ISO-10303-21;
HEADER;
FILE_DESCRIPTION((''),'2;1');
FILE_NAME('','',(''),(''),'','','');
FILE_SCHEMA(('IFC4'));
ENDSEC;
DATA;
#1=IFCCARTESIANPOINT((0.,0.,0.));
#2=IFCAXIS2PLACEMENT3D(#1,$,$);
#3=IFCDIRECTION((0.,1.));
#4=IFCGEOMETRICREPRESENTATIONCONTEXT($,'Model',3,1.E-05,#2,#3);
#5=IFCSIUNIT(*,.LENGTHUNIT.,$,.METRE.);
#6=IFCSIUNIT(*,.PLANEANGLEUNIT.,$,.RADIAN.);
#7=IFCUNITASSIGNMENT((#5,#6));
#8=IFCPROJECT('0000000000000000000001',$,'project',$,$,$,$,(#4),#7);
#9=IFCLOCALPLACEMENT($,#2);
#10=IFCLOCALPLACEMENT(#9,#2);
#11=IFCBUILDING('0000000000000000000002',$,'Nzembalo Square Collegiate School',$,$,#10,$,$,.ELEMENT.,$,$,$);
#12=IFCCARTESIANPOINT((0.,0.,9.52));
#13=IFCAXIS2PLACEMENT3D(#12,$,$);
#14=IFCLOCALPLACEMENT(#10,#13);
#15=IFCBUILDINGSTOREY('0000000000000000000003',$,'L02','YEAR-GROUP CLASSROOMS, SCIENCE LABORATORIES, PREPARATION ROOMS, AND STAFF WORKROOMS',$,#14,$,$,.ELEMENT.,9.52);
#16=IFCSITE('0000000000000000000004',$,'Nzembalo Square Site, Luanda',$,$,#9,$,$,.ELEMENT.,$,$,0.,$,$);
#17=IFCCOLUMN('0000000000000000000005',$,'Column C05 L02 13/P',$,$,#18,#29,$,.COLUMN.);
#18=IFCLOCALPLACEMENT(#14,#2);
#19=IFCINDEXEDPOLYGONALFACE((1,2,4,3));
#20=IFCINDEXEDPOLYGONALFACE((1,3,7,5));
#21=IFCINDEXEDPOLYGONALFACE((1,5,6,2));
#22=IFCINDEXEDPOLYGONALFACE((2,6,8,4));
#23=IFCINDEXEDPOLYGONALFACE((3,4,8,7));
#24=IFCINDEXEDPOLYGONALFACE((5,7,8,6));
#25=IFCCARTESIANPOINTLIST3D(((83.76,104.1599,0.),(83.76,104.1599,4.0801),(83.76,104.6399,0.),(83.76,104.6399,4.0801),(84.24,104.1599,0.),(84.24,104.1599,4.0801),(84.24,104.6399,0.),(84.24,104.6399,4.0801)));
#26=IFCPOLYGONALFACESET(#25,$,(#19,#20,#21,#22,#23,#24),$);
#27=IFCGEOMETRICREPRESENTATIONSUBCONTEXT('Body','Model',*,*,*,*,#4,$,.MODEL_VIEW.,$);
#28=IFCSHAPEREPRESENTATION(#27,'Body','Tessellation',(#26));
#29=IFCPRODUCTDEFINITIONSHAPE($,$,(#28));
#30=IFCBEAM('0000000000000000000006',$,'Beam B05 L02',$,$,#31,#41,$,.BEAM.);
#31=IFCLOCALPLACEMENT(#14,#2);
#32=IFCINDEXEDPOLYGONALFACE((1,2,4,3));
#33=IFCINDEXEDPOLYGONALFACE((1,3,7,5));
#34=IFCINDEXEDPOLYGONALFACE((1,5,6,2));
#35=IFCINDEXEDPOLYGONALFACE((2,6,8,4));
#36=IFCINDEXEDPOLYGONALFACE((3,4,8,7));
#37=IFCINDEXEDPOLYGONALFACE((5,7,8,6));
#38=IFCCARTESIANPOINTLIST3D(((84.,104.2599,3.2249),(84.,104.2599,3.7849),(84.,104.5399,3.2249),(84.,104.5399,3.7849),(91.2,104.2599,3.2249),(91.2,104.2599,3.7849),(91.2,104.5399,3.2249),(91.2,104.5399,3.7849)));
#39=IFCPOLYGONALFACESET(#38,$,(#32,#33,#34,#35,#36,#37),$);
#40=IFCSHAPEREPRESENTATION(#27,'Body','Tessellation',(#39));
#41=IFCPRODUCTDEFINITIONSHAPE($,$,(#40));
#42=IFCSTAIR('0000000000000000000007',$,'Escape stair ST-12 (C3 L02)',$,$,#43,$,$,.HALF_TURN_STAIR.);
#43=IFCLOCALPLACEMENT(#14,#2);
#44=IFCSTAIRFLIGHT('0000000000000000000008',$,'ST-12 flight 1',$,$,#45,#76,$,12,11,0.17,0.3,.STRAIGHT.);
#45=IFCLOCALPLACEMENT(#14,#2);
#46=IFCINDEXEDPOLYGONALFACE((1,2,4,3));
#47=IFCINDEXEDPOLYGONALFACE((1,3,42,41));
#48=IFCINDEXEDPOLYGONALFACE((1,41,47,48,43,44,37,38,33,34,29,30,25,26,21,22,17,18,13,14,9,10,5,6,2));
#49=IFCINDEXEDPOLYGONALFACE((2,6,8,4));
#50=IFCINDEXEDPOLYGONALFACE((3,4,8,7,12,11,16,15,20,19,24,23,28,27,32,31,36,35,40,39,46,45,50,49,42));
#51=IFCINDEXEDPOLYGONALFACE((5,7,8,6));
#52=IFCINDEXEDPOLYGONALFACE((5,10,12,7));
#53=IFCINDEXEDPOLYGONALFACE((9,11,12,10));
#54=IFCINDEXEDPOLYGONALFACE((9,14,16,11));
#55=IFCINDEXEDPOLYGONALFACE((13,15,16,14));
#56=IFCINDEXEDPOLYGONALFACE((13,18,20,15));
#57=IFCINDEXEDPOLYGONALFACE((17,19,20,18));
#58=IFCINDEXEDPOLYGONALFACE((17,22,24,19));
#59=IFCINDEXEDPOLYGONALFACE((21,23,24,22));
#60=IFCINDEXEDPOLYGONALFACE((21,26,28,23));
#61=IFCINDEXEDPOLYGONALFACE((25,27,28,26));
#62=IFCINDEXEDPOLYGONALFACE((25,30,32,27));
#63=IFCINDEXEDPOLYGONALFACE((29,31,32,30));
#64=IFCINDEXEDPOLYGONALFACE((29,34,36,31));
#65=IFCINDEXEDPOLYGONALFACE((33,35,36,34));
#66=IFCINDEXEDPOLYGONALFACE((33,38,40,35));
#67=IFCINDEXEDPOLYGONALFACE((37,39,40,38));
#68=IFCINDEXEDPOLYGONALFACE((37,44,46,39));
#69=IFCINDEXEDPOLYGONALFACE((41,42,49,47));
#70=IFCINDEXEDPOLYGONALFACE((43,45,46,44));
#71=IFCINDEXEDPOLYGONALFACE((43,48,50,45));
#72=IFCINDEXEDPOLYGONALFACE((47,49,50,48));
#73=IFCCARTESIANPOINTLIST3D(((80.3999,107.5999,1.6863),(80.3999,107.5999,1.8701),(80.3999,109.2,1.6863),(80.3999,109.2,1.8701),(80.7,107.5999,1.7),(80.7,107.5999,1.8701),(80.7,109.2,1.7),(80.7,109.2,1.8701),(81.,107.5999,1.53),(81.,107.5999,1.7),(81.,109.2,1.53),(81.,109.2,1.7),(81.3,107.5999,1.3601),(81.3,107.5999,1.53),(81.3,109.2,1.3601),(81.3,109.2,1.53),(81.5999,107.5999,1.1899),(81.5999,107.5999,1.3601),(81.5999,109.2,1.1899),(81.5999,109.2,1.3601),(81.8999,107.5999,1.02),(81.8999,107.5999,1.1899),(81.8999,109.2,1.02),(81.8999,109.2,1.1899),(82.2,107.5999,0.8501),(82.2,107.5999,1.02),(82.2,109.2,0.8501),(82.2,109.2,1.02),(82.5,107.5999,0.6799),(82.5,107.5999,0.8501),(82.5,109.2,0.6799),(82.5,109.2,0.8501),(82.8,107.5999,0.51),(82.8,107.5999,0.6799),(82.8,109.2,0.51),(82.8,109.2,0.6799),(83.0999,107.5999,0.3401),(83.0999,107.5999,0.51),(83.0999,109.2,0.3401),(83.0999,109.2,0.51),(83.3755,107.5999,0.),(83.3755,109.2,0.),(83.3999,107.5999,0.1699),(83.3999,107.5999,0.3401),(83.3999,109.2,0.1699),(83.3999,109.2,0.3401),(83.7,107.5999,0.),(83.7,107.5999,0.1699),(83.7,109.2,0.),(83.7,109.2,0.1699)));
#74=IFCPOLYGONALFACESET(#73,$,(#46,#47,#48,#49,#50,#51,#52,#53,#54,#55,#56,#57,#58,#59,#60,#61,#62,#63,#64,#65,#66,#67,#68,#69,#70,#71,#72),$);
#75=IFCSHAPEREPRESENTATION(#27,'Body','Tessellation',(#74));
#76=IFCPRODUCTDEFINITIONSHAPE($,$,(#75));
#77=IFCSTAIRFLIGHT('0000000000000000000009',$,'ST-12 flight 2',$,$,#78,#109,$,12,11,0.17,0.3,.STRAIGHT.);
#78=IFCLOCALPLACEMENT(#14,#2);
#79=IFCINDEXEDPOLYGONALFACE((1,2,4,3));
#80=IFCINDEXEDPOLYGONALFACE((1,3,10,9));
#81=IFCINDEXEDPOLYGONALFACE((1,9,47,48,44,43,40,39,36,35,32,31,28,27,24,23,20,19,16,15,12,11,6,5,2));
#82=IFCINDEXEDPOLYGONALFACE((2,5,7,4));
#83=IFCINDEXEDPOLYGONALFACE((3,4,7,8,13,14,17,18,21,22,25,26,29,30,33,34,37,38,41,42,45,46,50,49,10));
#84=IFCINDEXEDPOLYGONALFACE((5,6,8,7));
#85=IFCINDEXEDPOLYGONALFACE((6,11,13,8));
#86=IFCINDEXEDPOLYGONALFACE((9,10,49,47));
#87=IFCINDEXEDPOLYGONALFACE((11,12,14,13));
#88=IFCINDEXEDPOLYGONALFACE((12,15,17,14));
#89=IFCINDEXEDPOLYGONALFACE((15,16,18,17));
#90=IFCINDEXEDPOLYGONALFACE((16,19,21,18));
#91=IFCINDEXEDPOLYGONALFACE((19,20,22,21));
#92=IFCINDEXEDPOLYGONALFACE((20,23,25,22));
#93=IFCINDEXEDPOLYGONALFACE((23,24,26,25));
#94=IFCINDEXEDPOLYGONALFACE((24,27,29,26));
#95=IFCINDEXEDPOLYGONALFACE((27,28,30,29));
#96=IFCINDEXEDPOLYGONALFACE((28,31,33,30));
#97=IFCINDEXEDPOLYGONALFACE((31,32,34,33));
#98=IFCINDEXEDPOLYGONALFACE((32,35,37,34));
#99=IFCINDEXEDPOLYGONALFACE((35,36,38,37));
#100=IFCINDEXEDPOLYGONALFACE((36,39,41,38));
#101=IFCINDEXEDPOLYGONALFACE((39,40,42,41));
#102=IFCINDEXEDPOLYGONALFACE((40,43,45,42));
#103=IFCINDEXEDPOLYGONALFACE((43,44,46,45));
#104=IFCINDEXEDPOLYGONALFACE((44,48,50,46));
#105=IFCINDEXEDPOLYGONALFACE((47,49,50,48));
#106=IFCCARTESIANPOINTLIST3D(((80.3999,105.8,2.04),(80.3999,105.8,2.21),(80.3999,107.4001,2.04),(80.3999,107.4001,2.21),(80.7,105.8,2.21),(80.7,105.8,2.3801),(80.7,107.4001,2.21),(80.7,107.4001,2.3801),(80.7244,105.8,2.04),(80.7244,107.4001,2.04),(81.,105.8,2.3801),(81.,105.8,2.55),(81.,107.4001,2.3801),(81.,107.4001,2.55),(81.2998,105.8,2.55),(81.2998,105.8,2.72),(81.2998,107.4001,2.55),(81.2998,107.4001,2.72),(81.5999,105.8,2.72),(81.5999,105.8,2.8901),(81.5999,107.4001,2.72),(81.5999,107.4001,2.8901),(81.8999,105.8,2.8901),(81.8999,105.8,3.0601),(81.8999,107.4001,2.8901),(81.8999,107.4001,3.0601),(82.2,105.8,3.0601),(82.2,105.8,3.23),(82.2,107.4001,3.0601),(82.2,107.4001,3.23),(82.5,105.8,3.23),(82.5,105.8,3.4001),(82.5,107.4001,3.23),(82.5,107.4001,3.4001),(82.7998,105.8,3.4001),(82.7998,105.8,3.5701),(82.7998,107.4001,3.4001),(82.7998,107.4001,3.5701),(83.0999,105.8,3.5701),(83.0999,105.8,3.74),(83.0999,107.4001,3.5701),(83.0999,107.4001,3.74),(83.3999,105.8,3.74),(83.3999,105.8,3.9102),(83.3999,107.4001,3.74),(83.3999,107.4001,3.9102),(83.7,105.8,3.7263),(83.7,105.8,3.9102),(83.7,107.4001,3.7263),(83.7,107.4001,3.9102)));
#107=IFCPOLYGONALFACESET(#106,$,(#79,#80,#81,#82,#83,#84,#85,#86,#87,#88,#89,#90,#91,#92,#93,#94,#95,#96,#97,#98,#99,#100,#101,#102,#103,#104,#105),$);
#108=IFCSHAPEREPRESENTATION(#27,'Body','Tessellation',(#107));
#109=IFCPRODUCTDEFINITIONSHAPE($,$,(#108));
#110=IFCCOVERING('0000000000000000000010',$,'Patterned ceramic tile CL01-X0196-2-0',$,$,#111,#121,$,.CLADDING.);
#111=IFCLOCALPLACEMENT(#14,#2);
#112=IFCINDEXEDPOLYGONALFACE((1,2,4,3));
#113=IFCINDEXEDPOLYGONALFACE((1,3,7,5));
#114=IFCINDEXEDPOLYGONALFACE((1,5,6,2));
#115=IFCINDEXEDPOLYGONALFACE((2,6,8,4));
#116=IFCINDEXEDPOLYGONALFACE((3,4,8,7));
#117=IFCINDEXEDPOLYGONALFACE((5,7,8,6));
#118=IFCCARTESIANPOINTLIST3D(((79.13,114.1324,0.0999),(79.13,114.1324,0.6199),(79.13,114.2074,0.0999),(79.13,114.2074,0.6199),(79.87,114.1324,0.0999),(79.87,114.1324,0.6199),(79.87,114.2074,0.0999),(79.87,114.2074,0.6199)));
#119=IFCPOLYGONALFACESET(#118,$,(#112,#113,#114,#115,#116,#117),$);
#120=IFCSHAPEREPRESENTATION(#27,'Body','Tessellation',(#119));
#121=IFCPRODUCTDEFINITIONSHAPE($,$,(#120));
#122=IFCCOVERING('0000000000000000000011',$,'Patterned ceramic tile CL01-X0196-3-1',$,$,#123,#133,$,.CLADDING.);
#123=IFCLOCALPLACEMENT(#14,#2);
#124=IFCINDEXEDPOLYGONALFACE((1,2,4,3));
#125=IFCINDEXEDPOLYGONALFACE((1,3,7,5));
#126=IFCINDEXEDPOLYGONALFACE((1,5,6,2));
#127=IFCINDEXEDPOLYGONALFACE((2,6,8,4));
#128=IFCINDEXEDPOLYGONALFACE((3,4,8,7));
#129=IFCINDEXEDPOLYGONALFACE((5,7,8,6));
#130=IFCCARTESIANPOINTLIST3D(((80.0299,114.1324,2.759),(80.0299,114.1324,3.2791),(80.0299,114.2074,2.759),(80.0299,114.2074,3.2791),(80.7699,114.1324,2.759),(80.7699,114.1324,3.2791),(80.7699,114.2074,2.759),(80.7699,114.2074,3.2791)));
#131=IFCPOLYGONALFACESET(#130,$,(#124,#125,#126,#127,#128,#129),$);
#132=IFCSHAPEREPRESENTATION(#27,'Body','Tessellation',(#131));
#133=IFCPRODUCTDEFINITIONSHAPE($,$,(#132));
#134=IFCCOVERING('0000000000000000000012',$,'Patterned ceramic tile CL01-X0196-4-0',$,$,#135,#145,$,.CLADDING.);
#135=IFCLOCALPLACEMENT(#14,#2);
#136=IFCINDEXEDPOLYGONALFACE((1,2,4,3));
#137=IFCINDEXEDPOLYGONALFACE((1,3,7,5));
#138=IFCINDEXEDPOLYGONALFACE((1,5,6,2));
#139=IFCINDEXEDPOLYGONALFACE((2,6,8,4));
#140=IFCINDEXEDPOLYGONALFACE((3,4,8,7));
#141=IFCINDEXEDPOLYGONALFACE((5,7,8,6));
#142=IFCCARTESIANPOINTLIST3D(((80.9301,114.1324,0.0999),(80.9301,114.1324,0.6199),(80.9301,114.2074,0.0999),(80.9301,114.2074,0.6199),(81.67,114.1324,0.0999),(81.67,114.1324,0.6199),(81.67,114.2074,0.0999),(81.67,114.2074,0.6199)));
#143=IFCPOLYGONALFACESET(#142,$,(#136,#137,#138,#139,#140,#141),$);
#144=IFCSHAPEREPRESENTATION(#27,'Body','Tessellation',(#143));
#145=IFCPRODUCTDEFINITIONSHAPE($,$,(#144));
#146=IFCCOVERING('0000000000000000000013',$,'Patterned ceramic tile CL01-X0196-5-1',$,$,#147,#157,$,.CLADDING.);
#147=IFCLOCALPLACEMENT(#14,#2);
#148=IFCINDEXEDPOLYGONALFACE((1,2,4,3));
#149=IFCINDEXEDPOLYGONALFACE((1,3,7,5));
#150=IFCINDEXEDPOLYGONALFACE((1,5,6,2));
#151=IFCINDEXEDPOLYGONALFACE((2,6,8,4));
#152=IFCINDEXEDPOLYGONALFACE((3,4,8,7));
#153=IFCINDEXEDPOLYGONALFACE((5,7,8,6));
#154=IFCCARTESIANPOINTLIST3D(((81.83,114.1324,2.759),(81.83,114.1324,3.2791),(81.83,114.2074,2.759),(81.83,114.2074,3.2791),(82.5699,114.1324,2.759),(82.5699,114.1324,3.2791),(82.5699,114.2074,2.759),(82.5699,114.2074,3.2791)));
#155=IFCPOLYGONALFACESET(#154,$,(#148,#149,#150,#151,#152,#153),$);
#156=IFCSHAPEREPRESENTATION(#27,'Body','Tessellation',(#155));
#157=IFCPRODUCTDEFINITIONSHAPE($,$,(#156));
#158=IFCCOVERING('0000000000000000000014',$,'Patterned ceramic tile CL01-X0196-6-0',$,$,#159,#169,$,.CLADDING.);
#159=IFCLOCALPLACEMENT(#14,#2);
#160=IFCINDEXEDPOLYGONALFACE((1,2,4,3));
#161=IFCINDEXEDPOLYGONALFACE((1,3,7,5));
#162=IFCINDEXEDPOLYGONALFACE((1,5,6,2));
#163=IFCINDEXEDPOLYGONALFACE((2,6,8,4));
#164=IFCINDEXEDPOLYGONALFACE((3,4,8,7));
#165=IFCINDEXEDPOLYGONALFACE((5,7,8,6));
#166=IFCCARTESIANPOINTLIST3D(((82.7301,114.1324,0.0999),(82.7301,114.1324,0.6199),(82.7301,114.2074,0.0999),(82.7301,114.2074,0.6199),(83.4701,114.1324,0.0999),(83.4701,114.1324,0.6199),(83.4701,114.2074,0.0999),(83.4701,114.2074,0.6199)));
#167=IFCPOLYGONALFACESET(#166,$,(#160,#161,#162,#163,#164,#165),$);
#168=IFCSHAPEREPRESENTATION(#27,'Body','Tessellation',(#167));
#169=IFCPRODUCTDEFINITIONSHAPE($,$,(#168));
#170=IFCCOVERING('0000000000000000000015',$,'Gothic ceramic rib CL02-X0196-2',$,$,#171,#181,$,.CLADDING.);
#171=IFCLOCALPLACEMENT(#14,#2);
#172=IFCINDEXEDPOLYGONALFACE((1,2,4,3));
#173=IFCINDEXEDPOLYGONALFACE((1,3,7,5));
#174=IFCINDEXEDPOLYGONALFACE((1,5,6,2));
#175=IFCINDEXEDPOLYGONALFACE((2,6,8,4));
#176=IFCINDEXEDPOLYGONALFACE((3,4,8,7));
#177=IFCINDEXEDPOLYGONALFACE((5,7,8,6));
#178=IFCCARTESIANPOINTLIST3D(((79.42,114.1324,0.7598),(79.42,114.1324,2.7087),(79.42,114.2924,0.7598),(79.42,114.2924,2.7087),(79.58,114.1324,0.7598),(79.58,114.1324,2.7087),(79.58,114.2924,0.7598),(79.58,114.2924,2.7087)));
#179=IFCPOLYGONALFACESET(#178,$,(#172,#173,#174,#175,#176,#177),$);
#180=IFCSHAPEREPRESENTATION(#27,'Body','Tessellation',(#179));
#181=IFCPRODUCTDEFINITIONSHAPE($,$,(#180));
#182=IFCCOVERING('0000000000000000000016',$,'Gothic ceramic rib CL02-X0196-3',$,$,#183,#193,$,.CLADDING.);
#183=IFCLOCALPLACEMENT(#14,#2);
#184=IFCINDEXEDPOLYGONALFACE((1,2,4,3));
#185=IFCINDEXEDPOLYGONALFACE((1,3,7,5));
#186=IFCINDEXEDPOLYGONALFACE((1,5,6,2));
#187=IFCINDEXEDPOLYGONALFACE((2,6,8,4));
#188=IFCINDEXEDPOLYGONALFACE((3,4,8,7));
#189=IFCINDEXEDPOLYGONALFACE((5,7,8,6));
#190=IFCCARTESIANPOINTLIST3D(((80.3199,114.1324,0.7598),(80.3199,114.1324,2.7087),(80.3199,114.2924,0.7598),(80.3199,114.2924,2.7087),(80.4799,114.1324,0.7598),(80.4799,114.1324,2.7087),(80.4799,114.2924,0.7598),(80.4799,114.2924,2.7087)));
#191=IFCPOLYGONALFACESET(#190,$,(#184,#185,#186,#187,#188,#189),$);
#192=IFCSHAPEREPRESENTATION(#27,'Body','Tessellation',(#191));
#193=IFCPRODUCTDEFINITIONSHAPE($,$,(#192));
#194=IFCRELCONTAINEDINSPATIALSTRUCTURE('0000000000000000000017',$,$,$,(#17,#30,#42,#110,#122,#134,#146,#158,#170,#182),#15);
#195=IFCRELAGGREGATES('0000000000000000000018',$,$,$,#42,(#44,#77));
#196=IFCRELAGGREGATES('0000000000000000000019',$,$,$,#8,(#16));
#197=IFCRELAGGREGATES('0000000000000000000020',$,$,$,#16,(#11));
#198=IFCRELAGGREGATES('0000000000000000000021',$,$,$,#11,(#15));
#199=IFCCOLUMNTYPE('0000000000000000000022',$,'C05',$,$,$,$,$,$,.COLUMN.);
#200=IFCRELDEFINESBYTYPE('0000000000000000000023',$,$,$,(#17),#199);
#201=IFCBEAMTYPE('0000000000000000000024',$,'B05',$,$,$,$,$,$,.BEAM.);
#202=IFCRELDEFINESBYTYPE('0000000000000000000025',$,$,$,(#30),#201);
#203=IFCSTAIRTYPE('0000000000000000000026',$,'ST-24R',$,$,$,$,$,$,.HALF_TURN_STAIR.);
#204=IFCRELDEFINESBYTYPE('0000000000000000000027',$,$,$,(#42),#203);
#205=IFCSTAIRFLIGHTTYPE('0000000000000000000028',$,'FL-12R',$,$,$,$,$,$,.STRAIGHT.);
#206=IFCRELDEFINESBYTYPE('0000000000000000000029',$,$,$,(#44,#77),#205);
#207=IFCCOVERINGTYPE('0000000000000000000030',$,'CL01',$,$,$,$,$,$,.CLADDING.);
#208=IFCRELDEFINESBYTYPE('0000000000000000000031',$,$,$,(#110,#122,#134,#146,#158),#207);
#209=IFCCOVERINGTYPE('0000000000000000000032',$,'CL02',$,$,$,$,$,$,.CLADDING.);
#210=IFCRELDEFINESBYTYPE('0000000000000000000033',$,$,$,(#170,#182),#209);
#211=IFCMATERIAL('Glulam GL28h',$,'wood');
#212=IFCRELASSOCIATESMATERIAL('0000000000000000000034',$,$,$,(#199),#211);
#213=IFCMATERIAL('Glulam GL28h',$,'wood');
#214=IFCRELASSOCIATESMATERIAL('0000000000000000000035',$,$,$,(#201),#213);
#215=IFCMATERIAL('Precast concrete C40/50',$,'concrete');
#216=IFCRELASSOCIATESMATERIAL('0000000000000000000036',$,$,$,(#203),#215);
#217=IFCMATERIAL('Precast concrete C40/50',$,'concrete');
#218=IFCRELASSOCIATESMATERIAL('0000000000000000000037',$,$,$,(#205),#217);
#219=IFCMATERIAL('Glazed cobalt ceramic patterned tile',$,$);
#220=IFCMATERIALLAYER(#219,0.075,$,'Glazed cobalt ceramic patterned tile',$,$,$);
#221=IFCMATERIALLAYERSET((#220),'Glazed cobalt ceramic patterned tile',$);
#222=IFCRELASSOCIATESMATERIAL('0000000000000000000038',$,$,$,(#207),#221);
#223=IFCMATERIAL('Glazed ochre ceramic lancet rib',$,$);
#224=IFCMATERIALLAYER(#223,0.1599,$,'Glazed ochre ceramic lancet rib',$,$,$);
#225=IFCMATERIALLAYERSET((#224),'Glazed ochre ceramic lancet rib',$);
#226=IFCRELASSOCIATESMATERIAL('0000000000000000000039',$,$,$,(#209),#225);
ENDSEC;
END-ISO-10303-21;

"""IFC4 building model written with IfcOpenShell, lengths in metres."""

from ifc_helpers import new_model, si_unit, direction, frame, origin, origin_2d, place, context, subcontext, project, spatial, polyline, rectangle, outline, extrude, material, layer, layer_set, material_profile, profile_set, type_object, element, aggregate, save


model = new_model("IFC4")

# Units and contexts
model_context = context("Model", 3, precision=1e-05, world=origin(), true_north=direction((0.0, 1.0)))
body_context = subcontext(model_context, "Body", "Model", "MODEL_VIEW")
ifc_project = project(units=[si_unit("LENGTHUNIT", "METRE"), si_unit("PLANEANGLEUNIT", "RADIAN")], contexts=[model_context])

# Site, building, storey
site_placement = place(None, origin())
site = spatial("IfcSite", under=ifc_project, at=site_placement, Name="Nzembalo Square Site, Luanda", CompositionType="ELEMENT", RefElevation=0.0)
building_placement = place(site_placement, origin())
building = spatial("IfcBuilding", under=site, at=building_placement, Name="Nzembalo Square Collegiate School", CompositionType="ELEMENT")
storey_placement = place(building_placement, frame((0.0, 0.0, 9.52)))
storey = spatial("IfcBuildingStorey", under=building, at=storey_placement, Name="L02", Description="YEAR-GROUP CLASSROOMS, SCIENCE LABORATORIES, PREPARATION ROOMS, AND STAFF WORKROOMS", CompositionType="ELEMENT", Elevation=9.52)

# Column
ifc_material_1 = material(Name="Glulam GL28h", Category="wood")
ifc_material_profile_1 = material_profile(ifc_material_1, rectangle(XDim=0.48, YDim=0.48, at=origin_2d()), Name="GL28h 480x480")
ifc_profile_set_1 = profile_set([ifc_material_profile_1], Name="Glulam GL28h")
column_type = type_object("IfcColumnType", Name="C05", PredefinedType="COLUMN", material=ifc_profile_set_1)
column_placement = place(storey_placement, frame((84.0, 104.3999, 0.0), z_axis=(0.0, 0.0, 1.0), x_axis=(1.0, 0.0, 0.0)))
element("IfcColumn", 1, at=column_placement, inside=storey, type_object=column_type, Name="Column C05 L02 13/P", PredefinedType="COLUMN", context=body_context, shape_type="SweptSolid", body=[
    extrude(rectangle(XDim=0.48, YDim=0.48, at=origin_2d()), origin(), (0.0, 0.0, 1.0), 4.0801),
])

# Beam
ifc_material_2 = material(Name="Glulam GL28h", Category="wood")
ifc_material_profile_2 = material_profile(ifc_material_2, rectangle(XDim=0.28, YDim=0.5601, at=origin_2d()), Name="GL28h 280x560")
ifc_profile_set_2 = profile_set([ifc_material_profile_2], Name="Glulam GL28h")
beam_type = type_object("IfcBeamType", Name="B05", PredefinedType="BEAM", material=ifc_profile_set_2)
beam_placement = place(storey_placement, frame((84.0, 104.3999, 3.5049), z_axis=(1.0, 0.0, 0.0), x_axis=(0.0, 1.0, 0.0)))
element("IfcBeam", 2, at=beam_placement, inside=storey, type_object=beam_type, Name="Beam B05 L02", PredefinedType="BEAM", context=body_context, shape_type="SweptSolid", body=[
    extrude(rectangle(XDim=0.28, YDim=0.5601, at=origin_2d()), origin(), (0.0, 0.0, 1.0), 7.2),
])

# Stair, stair flights
ifc_material_3 = material(Name="Precast concrete C40/50", Category="concrete")
stair_type = type_object("IfcStairType", Name="ST-24R", PredefinedType="HALF_TURN_STAIR", material=ifc_material_3)
stair_placement = place(storey_placement, origin())
stair = element("IfcStair", 3, at=stair_placement, inside=storey, type_object=stair_type, Name="Escape stair ST-12 (C3 L02)", PredefinedType="HALF_TURN_STAIR")
ifc_material_4 = material(Name="Precast concrete C40/50", Category="concrete")
stair_flight_type = type_object("IfcStairFlightType", Name="FL-12R", PredefinedType="STRAIGHT", material=ifc_material_4)
stair_flight_1_placement = place(storey_placement, frame((83.7, 108.3999, 0.0), z_axis=(0.0, 0.0, 1.0), x_axis=(-1.0, 0.0, 0.0)))
stair_flight_1 = element("IfcStairFlight", 4, at=stair_flight_1_placement, type_object=stair_flight_type, Name="ST-12 flight 1", NumberOfRisers=12, NumberOfTreads=11, PredefinedType="STRAIGHT", RiserHeight=0.17, TreadLength=0.3, context=body_context, shape_type="SweptSolid", body=[
    extrude(outline(polyline([(0.0, 0.0), (0.0, 0.1699), (0.3, 0.1699), (0.3, 0.3401), (0.6001, 0.3401), (0.6001, 0.51), (0.8999, 0.51), (0.8999, 0.6799), (1.2, 0.6799), (1.2, 0.8501), (1.5, 0.8501), (1.5, 1.02), (1.8, 1.02), (1.8, 1.1899), (2.1001, 1.1899), (2.1001, 1.3601), (2.3999, 1.3601), (2.3999, 1.53), (2.7, 1.53), (2.7, 1.7), (3.0, 1.7), (3.0, 1.8701), (3.3, 1.8701), (3.3, 2.04), (3.3, 1.6863), (0.3245, 0.0), (0.0, 0.0)])), frame((0.0, 0.8, 0.0), z_axis=(0.0, -1.0, 0.0), x_axis=(1.0, 0.0, 0.0)), (0.0, 0.0, 1.0), 1.6001),
])
stair_flight_2_placement = place(storey_placement, frame((80.3999, 106.6001, 2.04), z_axis=(0.0, 0.0, 1.0), x_axis=(1.0, 0.0, 0.0)))
stair_flight_2 = element("IfcStairFlight", 5, at=stair_flight_2_placement, type_object=stair_flight_type, Name="ST-12 flight 2", NumberOfRisers=12, NumberOfTreads=11, PredefinedType="STRAIGHT", RiserHeight=0.17, TreadLength=0.3, context=body_context, shape_type="SweptSolid", body=[
    extrude(outline(polyline([(0.0, 0.0), (0.0, 0.1699), (0.3, 0.1699), (0.3, 0.3401), (0.6001, 0.3401), (0.6001, 0.51), (0.8999, 0.51), (0.8999, 0.6799), (1.2, 0.6799), (1.2, 0.8501), (1.5, 0.8501), (1.5, 1.02), (1.8, 1.02), (1.8, 1.1899), (2.1001, 1.1899), (2.1001, 1.3601), (2.3999, 1.3601), (2.3999, 1.53), (2.7, 1.53), (2.7, 1.7), (3.0, 1.7), (3.0, 1.8701), (3.3, 1.8701), (3.3, 2.04), (3.3, 1.6863), (0.3245, 0.0), (0.0, 0.0)])), frame((0.0, 0.8, 0.0), z_axis=(0.0, -1.0, 0.0), x_axis=(1.0, 0.0, 0.0)), (0.0, 0.0, 1.0), 1.6001),
])
aggregate(stair, [stair_flight_1, stair_flight_2])

# Coverings
ifc_material_5 = material(Name="Glazed cobalt ceramic patterned tile")
ifc_layer_1 = layer(ifc_material_5, 0.075, Name="Glazed cobalt ceramic patterned tile")
ifc_layer_set_1 = layer_set([ifc_layer_1], Name="Glazed cobalt ceramic patterned tile")
covering_type_1 = type_object("IfcCoveringType", Name="CL01", PredefinedType="CLADDING", material=ifc_layer_set_1)
for number, where, z_axis, x_axis, name in (
    (6, (79.5, 114.1699, 0.0999), (0.0, 0.0, 1.0), (1.0, 0.0, 0.0), "Patterned ceramic tile CL01-X0196-2-0"),
    (7, (80.3999, 114.1699, 2.759), (0.0, 0.0, 1.0), (1.0, 0.0, 0.0), "Patterned ceramic tile CL01-X0196-3-1"),
    (8, (81.3, 114.1699, 0.0999), (0.0, 0.0, 1.0), (1.0, 0.0, 0.0), "Patterned ceramic tile CL01-X0196-4-0"),
    (9, (82.2, 114.1699, 2.759), (0.0, 0.0, 1.0), (1.0, 0.0, 0.0), "Patterned ceramic tile CL01-X0196-5-1"),
    (10, (83.1001, 114.1699, 0.0999), (0.0, 0.0, 1.0), (1.0, 0.0, 0.0), "Patterned ceramic tile CL01-X0196-6-0"),
):
    element("IfcCovering", number, at=place(storey_placement, frame(where, z_axis=z_axis, x_axis=x_axis)), inside=storey, type_object=covering_type_1, Name=name, PredefinedType="CLADDING", context=body_context, shape_type="SweptSolid", body=[
        extrude(rectangle(XDim=0.74, YDim=0.075, at=origin_2d()), origin(), (0.0, 0.0, 1.0), 0.52),
    ])
ifc_material_6 = material(Name="Glazed ochre ceramic lancet rib")
ifc_layer_2 = layer(ifc_material_6, 0.1599, Name="Glazed ochre ceramic lancet rib")
ifc_layer_set_2 = layer_set([ifc_layer_2], Name="Glazed ochre ceramic lancet rib")
covering_type_2 = type_object("IfcCoveringType", Name="CL02", PredefinedType="CLADDING", material=ifc_layer_set_2)
for number, where, z_axis, x_axis, name in (
    (11, (79.5, 114.2124, 0.7598), (0.0, 0.0, 1.0), (1.0, 0.0, 0.0), "Gothic ceramic rib CL02-X0196-2"),
    (12, (80.3999, 114.2124, 0.7598), (0.0, 0.0, 1.0), (1.0, 0.0, 0.0), "Gothic ceramic rib CL02-X0196-3"),
):
    element("IfcCovering", number, at=place(storey_placement, frame(where, z_axis=z_axis, x_axis=x_axis)), inside=storey, type_object=covering_type_2, Name=name, PredefinedType="CLADDING", context=body_context, shape_type="SweptSolid", body=[
        extrude(rectangle(XDim=0.1599, YDim=0.1599, at=origin_2d()), origin(), (0.0, 0.0, 1.0), 1.949),
    ])

save(model, "model.ifc")
